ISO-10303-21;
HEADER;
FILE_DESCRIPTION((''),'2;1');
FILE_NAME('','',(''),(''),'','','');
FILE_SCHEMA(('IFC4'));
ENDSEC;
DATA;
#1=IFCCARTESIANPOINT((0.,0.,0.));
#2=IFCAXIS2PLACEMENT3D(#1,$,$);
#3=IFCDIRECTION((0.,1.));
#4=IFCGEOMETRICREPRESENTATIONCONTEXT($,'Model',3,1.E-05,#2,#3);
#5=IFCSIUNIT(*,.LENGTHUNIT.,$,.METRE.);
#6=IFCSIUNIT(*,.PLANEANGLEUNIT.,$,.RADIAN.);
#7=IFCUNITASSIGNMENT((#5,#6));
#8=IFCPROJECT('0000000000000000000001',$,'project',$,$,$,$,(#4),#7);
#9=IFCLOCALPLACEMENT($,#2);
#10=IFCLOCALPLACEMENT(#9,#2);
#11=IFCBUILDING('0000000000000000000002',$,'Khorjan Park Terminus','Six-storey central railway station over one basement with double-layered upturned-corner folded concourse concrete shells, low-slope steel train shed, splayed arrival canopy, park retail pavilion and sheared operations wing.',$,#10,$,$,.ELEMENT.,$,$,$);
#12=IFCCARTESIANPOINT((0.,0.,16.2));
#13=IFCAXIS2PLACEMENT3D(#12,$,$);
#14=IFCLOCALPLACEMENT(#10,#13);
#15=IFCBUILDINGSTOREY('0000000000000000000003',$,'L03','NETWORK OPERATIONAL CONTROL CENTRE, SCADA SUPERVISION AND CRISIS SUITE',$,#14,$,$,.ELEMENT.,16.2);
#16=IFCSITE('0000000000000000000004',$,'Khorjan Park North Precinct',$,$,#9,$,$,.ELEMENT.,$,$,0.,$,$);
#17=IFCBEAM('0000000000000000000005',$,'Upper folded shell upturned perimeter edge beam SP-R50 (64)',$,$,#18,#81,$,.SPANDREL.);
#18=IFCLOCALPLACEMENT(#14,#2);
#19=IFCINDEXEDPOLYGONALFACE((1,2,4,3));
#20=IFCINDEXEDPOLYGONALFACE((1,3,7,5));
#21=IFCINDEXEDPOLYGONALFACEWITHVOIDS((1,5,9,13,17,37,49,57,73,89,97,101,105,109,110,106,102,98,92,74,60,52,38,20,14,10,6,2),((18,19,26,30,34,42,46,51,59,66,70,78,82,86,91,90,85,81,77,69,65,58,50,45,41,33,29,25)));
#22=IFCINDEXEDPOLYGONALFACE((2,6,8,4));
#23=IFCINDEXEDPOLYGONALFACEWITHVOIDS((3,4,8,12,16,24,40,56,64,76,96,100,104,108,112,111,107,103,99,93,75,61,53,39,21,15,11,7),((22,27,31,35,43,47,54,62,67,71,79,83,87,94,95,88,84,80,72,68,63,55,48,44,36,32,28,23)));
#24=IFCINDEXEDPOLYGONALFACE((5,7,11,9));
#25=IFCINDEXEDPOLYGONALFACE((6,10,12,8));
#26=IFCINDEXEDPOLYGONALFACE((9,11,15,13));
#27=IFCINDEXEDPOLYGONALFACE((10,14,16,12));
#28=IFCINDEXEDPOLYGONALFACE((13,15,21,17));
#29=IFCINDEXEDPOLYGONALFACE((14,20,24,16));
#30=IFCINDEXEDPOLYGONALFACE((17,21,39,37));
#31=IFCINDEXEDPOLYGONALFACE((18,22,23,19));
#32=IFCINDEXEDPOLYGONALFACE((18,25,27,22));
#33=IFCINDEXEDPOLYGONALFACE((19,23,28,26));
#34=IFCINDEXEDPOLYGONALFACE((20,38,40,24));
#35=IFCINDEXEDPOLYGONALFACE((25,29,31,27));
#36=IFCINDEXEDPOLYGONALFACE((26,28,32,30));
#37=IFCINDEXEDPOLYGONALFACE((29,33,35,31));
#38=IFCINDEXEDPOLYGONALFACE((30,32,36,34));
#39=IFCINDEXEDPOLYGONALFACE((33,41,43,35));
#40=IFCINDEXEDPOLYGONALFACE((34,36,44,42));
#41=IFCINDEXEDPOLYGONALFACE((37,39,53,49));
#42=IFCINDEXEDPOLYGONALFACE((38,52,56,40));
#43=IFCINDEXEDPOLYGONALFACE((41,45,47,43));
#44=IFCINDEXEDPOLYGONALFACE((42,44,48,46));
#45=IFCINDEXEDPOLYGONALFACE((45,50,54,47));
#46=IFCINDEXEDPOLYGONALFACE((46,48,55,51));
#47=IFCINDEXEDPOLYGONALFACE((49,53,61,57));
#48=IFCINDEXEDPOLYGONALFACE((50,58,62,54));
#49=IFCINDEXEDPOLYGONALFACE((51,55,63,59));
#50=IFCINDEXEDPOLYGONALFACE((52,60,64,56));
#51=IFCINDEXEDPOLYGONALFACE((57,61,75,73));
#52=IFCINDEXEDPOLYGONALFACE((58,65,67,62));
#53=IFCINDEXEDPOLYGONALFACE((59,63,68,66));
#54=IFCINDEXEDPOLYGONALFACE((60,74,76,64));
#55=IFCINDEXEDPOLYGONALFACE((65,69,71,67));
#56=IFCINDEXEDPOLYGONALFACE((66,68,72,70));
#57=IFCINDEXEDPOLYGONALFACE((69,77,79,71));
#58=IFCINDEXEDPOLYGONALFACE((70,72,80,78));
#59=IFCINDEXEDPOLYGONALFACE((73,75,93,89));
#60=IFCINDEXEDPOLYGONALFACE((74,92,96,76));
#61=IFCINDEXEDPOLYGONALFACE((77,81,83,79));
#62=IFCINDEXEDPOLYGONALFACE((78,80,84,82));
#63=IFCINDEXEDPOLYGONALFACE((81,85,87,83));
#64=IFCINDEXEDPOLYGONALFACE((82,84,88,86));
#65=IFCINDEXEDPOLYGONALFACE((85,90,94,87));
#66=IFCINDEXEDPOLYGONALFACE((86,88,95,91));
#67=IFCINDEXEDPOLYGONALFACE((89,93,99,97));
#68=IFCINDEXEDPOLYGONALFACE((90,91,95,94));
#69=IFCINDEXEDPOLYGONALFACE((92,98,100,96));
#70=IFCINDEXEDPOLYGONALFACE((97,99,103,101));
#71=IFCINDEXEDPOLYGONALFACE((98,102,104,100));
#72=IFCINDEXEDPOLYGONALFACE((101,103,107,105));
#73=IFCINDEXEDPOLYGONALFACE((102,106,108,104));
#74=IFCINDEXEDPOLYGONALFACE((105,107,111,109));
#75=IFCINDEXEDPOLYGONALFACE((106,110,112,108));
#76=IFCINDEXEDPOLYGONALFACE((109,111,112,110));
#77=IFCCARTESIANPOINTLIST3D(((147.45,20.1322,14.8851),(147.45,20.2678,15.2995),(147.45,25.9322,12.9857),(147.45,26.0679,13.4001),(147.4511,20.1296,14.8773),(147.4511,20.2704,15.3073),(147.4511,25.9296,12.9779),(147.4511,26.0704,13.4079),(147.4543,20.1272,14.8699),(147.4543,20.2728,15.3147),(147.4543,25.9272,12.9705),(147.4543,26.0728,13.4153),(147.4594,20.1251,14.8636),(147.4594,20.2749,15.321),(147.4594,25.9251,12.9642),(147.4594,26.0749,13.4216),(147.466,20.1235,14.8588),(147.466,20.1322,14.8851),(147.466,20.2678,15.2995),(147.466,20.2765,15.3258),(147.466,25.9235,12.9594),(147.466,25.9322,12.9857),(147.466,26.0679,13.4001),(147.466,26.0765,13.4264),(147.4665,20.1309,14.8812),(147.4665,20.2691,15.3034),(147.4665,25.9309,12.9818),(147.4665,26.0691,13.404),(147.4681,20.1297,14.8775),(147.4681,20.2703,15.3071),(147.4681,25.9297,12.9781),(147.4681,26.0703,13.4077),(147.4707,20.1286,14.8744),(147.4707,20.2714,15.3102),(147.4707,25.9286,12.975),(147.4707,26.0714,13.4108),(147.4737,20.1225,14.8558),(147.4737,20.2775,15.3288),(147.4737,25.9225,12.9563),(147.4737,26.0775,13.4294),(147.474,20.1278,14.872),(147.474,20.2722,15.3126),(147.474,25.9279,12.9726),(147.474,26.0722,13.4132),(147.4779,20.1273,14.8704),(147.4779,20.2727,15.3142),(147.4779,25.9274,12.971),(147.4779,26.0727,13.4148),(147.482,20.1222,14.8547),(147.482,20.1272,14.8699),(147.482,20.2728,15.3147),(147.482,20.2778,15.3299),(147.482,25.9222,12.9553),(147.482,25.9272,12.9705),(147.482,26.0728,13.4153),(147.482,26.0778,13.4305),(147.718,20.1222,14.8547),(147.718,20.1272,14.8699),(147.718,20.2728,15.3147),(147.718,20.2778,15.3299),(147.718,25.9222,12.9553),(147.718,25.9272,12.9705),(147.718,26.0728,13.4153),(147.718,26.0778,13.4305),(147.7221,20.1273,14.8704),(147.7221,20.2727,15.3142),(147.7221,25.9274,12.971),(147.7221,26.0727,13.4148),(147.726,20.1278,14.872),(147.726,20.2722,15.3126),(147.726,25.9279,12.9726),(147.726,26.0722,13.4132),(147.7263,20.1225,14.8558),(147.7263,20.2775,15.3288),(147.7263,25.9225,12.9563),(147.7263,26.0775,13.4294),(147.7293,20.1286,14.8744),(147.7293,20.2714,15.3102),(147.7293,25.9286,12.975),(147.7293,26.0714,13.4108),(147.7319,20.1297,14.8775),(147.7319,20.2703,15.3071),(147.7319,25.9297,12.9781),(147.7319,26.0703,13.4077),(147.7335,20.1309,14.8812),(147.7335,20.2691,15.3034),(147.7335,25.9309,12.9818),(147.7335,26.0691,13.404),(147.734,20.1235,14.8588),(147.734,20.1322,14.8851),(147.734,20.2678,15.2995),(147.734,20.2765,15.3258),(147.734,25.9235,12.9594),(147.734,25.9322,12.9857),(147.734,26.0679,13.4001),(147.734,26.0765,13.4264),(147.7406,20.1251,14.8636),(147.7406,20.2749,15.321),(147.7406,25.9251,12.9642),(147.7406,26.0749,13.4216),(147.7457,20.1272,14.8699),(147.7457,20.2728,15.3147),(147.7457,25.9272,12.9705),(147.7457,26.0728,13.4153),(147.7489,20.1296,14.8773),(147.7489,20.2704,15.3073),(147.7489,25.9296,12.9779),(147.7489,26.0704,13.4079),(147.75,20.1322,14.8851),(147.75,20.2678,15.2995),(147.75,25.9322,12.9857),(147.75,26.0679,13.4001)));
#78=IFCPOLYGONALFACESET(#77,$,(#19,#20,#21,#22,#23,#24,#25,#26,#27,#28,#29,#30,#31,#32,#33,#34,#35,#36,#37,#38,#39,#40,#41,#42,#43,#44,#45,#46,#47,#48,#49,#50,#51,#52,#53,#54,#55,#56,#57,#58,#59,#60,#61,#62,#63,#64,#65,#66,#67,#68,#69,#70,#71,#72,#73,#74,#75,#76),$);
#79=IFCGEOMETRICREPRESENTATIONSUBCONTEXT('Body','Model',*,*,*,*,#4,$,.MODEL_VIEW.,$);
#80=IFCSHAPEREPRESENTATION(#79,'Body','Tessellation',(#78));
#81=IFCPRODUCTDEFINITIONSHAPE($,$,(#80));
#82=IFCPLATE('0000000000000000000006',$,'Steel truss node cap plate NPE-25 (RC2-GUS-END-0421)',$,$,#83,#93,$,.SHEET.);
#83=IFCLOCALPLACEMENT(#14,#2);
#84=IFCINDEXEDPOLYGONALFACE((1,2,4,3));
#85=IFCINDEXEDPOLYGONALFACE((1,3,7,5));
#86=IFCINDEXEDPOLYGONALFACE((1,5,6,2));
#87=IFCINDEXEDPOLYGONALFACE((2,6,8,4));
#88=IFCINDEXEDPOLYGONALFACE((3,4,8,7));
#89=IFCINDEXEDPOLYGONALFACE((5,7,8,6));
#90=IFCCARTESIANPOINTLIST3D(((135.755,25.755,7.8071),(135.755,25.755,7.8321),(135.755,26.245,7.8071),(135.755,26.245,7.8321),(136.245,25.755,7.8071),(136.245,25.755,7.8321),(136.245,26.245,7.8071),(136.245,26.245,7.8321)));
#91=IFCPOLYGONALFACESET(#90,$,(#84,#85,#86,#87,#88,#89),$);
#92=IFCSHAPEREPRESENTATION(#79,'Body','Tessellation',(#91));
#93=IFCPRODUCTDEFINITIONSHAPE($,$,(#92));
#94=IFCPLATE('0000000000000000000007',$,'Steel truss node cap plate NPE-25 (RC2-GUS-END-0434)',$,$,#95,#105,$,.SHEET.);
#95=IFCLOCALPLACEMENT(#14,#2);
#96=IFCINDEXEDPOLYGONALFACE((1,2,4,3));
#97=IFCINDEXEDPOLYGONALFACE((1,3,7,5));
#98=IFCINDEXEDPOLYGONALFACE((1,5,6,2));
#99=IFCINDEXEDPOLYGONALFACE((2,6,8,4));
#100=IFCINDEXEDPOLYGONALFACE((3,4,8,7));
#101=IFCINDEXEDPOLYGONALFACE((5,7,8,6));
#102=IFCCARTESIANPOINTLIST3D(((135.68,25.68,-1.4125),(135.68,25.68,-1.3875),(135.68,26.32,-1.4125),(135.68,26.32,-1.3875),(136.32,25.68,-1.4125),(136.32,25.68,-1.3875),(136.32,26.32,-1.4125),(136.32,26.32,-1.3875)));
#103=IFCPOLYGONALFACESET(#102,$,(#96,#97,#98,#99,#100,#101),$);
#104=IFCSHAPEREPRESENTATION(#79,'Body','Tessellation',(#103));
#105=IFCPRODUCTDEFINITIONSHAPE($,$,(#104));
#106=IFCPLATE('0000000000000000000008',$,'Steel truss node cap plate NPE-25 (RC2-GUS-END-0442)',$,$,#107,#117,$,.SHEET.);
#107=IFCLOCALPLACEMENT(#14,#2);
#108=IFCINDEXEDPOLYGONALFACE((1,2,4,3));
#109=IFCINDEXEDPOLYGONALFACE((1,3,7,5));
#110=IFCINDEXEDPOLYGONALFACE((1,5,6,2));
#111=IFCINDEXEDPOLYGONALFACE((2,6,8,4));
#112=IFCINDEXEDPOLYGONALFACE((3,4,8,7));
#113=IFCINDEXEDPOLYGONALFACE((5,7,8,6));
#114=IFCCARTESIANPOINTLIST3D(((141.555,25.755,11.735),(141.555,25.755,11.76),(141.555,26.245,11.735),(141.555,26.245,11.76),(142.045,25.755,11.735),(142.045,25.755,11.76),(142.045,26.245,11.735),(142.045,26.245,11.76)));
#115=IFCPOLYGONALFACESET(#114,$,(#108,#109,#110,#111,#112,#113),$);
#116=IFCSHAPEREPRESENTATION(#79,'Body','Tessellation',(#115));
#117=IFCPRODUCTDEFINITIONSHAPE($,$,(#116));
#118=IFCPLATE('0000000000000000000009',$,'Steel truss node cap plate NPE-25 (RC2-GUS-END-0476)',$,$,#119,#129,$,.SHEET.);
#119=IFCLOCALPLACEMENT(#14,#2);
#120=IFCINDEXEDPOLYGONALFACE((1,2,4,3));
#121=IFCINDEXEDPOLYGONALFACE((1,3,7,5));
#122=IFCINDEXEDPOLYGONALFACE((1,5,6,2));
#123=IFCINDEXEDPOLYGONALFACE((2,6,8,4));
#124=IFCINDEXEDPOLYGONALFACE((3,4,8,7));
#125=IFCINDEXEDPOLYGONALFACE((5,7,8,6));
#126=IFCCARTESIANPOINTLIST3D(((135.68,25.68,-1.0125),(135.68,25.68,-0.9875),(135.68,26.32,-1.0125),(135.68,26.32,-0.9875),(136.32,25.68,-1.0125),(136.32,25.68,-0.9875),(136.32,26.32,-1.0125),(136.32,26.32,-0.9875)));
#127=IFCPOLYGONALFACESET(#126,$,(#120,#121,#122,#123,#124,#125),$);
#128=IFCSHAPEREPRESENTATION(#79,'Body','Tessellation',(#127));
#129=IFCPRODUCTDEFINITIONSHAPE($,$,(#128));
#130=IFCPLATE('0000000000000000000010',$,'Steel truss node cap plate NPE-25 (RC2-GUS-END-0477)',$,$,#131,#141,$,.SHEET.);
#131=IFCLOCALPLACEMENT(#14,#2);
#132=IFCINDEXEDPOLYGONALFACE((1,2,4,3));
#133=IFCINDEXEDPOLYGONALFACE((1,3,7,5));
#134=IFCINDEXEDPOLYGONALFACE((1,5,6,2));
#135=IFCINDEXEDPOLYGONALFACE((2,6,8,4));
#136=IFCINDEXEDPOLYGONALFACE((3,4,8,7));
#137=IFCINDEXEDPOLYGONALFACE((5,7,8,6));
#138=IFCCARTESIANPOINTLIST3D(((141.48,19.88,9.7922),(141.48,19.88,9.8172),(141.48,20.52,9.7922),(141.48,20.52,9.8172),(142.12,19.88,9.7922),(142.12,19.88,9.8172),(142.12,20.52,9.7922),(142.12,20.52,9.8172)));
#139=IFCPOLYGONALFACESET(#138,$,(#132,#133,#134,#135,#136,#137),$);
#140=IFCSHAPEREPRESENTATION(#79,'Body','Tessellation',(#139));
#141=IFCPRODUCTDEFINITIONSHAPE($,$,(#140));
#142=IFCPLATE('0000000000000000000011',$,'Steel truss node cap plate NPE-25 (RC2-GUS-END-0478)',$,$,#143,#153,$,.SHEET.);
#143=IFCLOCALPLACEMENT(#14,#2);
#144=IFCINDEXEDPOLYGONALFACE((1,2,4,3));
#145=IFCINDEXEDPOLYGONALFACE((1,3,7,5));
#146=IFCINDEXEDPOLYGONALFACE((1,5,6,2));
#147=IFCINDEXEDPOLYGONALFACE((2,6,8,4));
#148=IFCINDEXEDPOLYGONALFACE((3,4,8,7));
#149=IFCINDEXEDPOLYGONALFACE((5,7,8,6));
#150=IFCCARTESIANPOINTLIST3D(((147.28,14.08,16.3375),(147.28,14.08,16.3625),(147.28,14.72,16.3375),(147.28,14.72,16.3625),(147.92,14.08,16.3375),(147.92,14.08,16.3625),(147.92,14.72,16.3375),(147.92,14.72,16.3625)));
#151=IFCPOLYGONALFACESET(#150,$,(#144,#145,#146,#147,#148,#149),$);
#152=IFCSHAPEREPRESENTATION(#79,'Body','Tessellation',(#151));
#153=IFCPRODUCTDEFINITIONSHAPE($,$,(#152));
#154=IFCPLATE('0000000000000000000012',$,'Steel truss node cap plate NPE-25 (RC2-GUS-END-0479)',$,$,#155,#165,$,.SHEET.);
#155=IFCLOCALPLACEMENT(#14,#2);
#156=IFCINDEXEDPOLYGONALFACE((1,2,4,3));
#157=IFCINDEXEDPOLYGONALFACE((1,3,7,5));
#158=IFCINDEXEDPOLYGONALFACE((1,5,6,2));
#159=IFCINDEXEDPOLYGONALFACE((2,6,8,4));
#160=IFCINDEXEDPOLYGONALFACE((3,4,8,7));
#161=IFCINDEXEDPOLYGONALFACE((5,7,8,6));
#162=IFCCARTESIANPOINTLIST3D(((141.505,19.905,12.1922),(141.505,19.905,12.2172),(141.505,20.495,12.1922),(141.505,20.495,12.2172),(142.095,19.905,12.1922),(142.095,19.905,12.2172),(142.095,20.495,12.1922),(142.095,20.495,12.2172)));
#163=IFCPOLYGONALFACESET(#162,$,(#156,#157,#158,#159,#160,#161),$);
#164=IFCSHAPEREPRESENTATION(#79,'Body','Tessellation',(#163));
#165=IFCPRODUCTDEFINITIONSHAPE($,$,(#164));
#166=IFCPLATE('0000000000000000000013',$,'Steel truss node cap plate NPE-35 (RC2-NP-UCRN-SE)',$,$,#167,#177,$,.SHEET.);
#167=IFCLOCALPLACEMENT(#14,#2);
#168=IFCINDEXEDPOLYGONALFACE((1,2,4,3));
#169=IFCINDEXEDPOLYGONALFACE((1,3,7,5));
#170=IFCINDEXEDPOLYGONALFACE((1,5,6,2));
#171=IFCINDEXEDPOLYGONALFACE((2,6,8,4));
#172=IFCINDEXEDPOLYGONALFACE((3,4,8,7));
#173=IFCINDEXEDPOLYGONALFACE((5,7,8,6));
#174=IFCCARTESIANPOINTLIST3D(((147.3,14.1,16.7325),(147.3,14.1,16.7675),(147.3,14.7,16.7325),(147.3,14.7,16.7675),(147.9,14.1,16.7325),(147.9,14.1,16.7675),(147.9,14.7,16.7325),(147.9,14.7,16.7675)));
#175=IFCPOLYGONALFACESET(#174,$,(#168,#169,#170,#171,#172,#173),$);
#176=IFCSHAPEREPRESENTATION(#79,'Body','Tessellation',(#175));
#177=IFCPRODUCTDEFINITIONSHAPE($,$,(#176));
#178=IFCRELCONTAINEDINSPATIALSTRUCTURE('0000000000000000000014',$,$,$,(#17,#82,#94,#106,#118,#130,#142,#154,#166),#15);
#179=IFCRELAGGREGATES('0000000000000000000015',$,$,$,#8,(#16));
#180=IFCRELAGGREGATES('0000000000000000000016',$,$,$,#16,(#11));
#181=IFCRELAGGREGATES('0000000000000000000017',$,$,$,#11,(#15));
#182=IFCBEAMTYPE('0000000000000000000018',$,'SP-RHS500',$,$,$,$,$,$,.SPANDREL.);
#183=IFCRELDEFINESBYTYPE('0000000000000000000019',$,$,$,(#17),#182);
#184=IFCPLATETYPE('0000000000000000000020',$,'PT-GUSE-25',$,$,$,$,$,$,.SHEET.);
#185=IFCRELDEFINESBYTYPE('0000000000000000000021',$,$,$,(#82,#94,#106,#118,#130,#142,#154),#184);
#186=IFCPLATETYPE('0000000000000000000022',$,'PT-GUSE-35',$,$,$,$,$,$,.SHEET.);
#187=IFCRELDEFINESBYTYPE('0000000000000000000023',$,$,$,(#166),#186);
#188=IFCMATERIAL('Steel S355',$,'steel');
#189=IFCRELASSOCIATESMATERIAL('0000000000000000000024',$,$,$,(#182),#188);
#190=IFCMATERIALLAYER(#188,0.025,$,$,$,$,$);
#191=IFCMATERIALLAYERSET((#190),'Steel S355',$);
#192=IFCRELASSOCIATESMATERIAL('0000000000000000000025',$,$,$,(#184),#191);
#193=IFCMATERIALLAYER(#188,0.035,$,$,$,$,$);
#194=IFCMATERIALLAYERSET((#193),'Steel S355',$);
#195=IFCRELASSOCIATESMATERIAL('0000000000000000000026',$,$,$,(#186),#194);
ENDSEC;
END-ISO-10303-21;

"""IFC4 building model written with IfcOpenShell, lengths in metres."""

from ifc_helpers import new_model, si_unit, direction, frame, origin, origin_2d, place, context, subcontext, project, spatial, rectangle, hollow_rectangle, extrude, material, layer, layer_set, material_profile, profile_set, type_object, element, save


model = new_model("IFC4")

# Units and contexts
model_context = context("Model", 3, precision=1e-05, world=origin(), true_north=direction((0.0, 1.0)))
body_context = subcontext(model_context, "Body", "Model", "MODEL_VIEW")
ifc_project = project(units=[si_unit("LENGTHUNIT", "METRE"), si_unit("PLANEANGLEUNIT", "RADIAN")], contexts=[model_context])

# Site, building, storey
site_placement = place(None, origin())
site = spatial("IfcSite", under=ifc_project, at=site_placement, Name="Khorjan Park North Precinct", CompositionType="ELEMENT", RefElevation=0.0)
building_placement = place(site_placement, origin())
building = spatial("IfcBuilding", under=site, at=building_placement, Name="Khorjan Park Terminus", Description="Six-storey central railway station over one basement with double-layered upturned-corner folded concourse concrete shells, low-slope steel train shed, splayed arrival canopy, park retail pavilion and sheared operations wing.", CompositionType="ELEMENT")
storey_placement = place(building_placement, frame((0.0, 0.0, 16.2)))
storey = spatial("IfcBuildingStorey", under=building, at=storey_placement, Name="L03", Description="NETWORK OPERATIONAL CONTROL CENTRE, SCADA SUPERVISION AND CRISIS SUITE", CompositionType="ELEMENT", Elevation=16.2)

# Shared definitions
ifc_material = material(Name="Steel S355", Category="steel")

# Beam
ifc_material_profile_1 = material_profile(ifc_material, hollow_rectangle(XDim=0.3, YDim=0.5, WallThickness=0.016, InnerFilletRadius=0.016, OuterFilletRadius=0.032, at=origin_2d()), Name="RHS 500x300x16")
ifc_profile_set_1 = profile_set([ifc_material_profile_1], Name="Steel S355")
beam_type = type_object("IfcBeamType", Name="SP-RHS500", PredefinedType="SPANDREL", material=ifc_profile_set_1)
beam_1_placement = place(storey_placement, frame((147.6, 20.2, 15.0923), z_axis=(0.0, 0.950338, -0.311219), x_axis=(-1.0, 0.0, 0.0)))
element("IfcBeam", 1, at=beam_1_placement, inside=storey, type_object=beam_type, Name="Upper folded shell upturned perimeter edge beam SP-R50 (64)", PredefinedType="SPANDREL", context=body_context, shape_type="SweptSolid", body=[
    extrude(hollow_rectangle(XDim=0.3, YDim=0.5, WallThickness=0.016, InnerFilletRadius=0.016, OuterFilletRadius=0.032, at=origin_2d()), origin(), (0.0, 0.0, 1.0), 6.1031),
])

# Plates
ifc_layer_1 = layer(ifc_material, 0.025)
ifc_layer_set_1 = layer_set([ifc_layer_1], Name="Steel S355")
plate_type_1 = type_object("IfcPlateType", Name="PT-GUSE-25", PredefinedType="SHEET", material=ifc_layer_set_1)
plate_1_placement = place(storey_placement, frame((136.0, 26.0, 7.8071), z_axis=(0.0, 0.0, 1.0), x_axis=(1.0, 0.0, 0.0)))
element("IfcPlate", 2, at=plate_1_placement, inside=storey, type_object=plate_type_1, Name="Steel truss node cap plate NPE-25 (RC2-GUS-END-0421)", PredefinedType="SHEET", context=body_context, shape_type="SweptSolid", body=[
    extrude(rectangle(XDim=0.49, YDim=0.49, at=origin_2d()), origin(), (0.0, 0.0, 1.0), 0.025),
])
plate_2_placement = place(storey_placement, frame((136.0, 26.0, -1.4125), z_axis=(0.0, 0.0, 1.0), x_axis=(1.0, 0.0, 0.0)))
element("IfcPlate", 3, at=plate_2_placement, inside=storey, type_object=plate_type_1, Name="Steel truss node cap plate NPE-25 (RC2-GUS-END-0434)", PredefinedType="SHEET", context=body_context, shape_type="SweptSolid", body=[
    extrude(rectangle(XDim=0.64, YDim=0.64, at=origin_2d()), origin(), (0.0, 0.0, 1.0), 0.025),
])
plate_3_placement = place(storey_placement, frame((141.8, 26.0, 11.735), z_axis=(0.0, 0.0, 1.0), x_axis=(1.0, 0.0, 0.0)))
element("IfcPlate", 4, at=plate_3_placement, inside=storey, type_object=plate_type_1, Name="Steel truss node cap plate NPE-25 (RC2-GUS-END-0442)", PredefinedType="SHEET", context=body_context, shape_type="SweptSolid", body=[
    extrude(rectangle(XDim=0.49, YDim=0.49, at=origin_2d()), origin(), (0.0, 0.0, 1.0), 0.025),
])
for number, where, z_axis, x_axis, name in (
    (5, (136.0, 26.0, -1.0125), (0.0, 0.0, 1.0), (1.0, 0.0, 0.0), "Steel truss node cap plate NPE-25 (RC2-GUS-END-0476)"),
    (6, (141.8, 20.2, 9.7922), (0.0, 0.0, 1.0), (1.0, 0.0, 0.0), "Steel truss node cap plate NPE-25 (RC2-GUS-END-0477)"),
    (7, (147.6, 14.4, 16.3375), (0.0, 0.0, 1.0), (1.0, 0.0, 0.0), "Steel truss node cap plate NPE-25 (RC2-GUS-END-0478)"),
):
    element("IfcPlate", number, at=place(storey_placement, frame(where, z_axis=z_axis, x_axis=x_axis)), inside=storey, type_object=plate_type_1, Name=name, PredefinedType="SHEET", context=body_context, shape_type="SweptSolid", body=[
        extrude(rectangle(XDim=0.64, YDim=0.64, at=origin_2d()), origin(), (0.0, 0.0, 1.0), 0.025),
    ])
plate_4_placement = place(storey_placement, frame((141.8, 20.2, 12.1922), z_axis=(0.0, 0.0, 1.0), x_axis=(1.0, 0.0, 0.0)))
element("IfcPlate", 8, at=plate_4_placement, inside=storey, type_object=plate_type_1, Name="Steel truss node cap plate NPE-25 (RC2-GUS-END-0479)", PredefinedType="SHEET", context=body_context, shape_type="SweptSolid", body=[
    extrude(rectangle(XDim=0.59, YDim=0.59, at=origin_2d()), origin(), (0.0, 0.0, 1.0), 0.025),
])
ifc_layer_2 = layer(ifc_material, 0.035)
ifc_layer_set_2 = layer_set([ifc_layer_2], Name="Steel S355")
plate_type_2 = type_object("IfcPlateType", Name="PT-GUSE-35", PredefinedType="SHEET", material=ifc_layer_set_2)
plate_5_placement = place(storey_placement, frame((147.6, 14.4, 16.7325), z_axis=(0.0, 0.0, 1.0), x_axis=(1.0, 0.0, 0.0)))
element("IfcPlate", 9, at=plate_5_placement, inside=storey, type_object=plate_type_2, Name="Steel truss node cap plate NPE-35 (RC2-NP-UCRN-SE)", PredefinedType="SHEET", context=body_context, shape_type="SweptSolid", body=[
    extrude(rectangle(XDim=0.6, YDim=0.6, at=origin_2d()), origin(), (0.0, 0.0, 1.0), 0.035),
])

save(model, "model.ifc")
